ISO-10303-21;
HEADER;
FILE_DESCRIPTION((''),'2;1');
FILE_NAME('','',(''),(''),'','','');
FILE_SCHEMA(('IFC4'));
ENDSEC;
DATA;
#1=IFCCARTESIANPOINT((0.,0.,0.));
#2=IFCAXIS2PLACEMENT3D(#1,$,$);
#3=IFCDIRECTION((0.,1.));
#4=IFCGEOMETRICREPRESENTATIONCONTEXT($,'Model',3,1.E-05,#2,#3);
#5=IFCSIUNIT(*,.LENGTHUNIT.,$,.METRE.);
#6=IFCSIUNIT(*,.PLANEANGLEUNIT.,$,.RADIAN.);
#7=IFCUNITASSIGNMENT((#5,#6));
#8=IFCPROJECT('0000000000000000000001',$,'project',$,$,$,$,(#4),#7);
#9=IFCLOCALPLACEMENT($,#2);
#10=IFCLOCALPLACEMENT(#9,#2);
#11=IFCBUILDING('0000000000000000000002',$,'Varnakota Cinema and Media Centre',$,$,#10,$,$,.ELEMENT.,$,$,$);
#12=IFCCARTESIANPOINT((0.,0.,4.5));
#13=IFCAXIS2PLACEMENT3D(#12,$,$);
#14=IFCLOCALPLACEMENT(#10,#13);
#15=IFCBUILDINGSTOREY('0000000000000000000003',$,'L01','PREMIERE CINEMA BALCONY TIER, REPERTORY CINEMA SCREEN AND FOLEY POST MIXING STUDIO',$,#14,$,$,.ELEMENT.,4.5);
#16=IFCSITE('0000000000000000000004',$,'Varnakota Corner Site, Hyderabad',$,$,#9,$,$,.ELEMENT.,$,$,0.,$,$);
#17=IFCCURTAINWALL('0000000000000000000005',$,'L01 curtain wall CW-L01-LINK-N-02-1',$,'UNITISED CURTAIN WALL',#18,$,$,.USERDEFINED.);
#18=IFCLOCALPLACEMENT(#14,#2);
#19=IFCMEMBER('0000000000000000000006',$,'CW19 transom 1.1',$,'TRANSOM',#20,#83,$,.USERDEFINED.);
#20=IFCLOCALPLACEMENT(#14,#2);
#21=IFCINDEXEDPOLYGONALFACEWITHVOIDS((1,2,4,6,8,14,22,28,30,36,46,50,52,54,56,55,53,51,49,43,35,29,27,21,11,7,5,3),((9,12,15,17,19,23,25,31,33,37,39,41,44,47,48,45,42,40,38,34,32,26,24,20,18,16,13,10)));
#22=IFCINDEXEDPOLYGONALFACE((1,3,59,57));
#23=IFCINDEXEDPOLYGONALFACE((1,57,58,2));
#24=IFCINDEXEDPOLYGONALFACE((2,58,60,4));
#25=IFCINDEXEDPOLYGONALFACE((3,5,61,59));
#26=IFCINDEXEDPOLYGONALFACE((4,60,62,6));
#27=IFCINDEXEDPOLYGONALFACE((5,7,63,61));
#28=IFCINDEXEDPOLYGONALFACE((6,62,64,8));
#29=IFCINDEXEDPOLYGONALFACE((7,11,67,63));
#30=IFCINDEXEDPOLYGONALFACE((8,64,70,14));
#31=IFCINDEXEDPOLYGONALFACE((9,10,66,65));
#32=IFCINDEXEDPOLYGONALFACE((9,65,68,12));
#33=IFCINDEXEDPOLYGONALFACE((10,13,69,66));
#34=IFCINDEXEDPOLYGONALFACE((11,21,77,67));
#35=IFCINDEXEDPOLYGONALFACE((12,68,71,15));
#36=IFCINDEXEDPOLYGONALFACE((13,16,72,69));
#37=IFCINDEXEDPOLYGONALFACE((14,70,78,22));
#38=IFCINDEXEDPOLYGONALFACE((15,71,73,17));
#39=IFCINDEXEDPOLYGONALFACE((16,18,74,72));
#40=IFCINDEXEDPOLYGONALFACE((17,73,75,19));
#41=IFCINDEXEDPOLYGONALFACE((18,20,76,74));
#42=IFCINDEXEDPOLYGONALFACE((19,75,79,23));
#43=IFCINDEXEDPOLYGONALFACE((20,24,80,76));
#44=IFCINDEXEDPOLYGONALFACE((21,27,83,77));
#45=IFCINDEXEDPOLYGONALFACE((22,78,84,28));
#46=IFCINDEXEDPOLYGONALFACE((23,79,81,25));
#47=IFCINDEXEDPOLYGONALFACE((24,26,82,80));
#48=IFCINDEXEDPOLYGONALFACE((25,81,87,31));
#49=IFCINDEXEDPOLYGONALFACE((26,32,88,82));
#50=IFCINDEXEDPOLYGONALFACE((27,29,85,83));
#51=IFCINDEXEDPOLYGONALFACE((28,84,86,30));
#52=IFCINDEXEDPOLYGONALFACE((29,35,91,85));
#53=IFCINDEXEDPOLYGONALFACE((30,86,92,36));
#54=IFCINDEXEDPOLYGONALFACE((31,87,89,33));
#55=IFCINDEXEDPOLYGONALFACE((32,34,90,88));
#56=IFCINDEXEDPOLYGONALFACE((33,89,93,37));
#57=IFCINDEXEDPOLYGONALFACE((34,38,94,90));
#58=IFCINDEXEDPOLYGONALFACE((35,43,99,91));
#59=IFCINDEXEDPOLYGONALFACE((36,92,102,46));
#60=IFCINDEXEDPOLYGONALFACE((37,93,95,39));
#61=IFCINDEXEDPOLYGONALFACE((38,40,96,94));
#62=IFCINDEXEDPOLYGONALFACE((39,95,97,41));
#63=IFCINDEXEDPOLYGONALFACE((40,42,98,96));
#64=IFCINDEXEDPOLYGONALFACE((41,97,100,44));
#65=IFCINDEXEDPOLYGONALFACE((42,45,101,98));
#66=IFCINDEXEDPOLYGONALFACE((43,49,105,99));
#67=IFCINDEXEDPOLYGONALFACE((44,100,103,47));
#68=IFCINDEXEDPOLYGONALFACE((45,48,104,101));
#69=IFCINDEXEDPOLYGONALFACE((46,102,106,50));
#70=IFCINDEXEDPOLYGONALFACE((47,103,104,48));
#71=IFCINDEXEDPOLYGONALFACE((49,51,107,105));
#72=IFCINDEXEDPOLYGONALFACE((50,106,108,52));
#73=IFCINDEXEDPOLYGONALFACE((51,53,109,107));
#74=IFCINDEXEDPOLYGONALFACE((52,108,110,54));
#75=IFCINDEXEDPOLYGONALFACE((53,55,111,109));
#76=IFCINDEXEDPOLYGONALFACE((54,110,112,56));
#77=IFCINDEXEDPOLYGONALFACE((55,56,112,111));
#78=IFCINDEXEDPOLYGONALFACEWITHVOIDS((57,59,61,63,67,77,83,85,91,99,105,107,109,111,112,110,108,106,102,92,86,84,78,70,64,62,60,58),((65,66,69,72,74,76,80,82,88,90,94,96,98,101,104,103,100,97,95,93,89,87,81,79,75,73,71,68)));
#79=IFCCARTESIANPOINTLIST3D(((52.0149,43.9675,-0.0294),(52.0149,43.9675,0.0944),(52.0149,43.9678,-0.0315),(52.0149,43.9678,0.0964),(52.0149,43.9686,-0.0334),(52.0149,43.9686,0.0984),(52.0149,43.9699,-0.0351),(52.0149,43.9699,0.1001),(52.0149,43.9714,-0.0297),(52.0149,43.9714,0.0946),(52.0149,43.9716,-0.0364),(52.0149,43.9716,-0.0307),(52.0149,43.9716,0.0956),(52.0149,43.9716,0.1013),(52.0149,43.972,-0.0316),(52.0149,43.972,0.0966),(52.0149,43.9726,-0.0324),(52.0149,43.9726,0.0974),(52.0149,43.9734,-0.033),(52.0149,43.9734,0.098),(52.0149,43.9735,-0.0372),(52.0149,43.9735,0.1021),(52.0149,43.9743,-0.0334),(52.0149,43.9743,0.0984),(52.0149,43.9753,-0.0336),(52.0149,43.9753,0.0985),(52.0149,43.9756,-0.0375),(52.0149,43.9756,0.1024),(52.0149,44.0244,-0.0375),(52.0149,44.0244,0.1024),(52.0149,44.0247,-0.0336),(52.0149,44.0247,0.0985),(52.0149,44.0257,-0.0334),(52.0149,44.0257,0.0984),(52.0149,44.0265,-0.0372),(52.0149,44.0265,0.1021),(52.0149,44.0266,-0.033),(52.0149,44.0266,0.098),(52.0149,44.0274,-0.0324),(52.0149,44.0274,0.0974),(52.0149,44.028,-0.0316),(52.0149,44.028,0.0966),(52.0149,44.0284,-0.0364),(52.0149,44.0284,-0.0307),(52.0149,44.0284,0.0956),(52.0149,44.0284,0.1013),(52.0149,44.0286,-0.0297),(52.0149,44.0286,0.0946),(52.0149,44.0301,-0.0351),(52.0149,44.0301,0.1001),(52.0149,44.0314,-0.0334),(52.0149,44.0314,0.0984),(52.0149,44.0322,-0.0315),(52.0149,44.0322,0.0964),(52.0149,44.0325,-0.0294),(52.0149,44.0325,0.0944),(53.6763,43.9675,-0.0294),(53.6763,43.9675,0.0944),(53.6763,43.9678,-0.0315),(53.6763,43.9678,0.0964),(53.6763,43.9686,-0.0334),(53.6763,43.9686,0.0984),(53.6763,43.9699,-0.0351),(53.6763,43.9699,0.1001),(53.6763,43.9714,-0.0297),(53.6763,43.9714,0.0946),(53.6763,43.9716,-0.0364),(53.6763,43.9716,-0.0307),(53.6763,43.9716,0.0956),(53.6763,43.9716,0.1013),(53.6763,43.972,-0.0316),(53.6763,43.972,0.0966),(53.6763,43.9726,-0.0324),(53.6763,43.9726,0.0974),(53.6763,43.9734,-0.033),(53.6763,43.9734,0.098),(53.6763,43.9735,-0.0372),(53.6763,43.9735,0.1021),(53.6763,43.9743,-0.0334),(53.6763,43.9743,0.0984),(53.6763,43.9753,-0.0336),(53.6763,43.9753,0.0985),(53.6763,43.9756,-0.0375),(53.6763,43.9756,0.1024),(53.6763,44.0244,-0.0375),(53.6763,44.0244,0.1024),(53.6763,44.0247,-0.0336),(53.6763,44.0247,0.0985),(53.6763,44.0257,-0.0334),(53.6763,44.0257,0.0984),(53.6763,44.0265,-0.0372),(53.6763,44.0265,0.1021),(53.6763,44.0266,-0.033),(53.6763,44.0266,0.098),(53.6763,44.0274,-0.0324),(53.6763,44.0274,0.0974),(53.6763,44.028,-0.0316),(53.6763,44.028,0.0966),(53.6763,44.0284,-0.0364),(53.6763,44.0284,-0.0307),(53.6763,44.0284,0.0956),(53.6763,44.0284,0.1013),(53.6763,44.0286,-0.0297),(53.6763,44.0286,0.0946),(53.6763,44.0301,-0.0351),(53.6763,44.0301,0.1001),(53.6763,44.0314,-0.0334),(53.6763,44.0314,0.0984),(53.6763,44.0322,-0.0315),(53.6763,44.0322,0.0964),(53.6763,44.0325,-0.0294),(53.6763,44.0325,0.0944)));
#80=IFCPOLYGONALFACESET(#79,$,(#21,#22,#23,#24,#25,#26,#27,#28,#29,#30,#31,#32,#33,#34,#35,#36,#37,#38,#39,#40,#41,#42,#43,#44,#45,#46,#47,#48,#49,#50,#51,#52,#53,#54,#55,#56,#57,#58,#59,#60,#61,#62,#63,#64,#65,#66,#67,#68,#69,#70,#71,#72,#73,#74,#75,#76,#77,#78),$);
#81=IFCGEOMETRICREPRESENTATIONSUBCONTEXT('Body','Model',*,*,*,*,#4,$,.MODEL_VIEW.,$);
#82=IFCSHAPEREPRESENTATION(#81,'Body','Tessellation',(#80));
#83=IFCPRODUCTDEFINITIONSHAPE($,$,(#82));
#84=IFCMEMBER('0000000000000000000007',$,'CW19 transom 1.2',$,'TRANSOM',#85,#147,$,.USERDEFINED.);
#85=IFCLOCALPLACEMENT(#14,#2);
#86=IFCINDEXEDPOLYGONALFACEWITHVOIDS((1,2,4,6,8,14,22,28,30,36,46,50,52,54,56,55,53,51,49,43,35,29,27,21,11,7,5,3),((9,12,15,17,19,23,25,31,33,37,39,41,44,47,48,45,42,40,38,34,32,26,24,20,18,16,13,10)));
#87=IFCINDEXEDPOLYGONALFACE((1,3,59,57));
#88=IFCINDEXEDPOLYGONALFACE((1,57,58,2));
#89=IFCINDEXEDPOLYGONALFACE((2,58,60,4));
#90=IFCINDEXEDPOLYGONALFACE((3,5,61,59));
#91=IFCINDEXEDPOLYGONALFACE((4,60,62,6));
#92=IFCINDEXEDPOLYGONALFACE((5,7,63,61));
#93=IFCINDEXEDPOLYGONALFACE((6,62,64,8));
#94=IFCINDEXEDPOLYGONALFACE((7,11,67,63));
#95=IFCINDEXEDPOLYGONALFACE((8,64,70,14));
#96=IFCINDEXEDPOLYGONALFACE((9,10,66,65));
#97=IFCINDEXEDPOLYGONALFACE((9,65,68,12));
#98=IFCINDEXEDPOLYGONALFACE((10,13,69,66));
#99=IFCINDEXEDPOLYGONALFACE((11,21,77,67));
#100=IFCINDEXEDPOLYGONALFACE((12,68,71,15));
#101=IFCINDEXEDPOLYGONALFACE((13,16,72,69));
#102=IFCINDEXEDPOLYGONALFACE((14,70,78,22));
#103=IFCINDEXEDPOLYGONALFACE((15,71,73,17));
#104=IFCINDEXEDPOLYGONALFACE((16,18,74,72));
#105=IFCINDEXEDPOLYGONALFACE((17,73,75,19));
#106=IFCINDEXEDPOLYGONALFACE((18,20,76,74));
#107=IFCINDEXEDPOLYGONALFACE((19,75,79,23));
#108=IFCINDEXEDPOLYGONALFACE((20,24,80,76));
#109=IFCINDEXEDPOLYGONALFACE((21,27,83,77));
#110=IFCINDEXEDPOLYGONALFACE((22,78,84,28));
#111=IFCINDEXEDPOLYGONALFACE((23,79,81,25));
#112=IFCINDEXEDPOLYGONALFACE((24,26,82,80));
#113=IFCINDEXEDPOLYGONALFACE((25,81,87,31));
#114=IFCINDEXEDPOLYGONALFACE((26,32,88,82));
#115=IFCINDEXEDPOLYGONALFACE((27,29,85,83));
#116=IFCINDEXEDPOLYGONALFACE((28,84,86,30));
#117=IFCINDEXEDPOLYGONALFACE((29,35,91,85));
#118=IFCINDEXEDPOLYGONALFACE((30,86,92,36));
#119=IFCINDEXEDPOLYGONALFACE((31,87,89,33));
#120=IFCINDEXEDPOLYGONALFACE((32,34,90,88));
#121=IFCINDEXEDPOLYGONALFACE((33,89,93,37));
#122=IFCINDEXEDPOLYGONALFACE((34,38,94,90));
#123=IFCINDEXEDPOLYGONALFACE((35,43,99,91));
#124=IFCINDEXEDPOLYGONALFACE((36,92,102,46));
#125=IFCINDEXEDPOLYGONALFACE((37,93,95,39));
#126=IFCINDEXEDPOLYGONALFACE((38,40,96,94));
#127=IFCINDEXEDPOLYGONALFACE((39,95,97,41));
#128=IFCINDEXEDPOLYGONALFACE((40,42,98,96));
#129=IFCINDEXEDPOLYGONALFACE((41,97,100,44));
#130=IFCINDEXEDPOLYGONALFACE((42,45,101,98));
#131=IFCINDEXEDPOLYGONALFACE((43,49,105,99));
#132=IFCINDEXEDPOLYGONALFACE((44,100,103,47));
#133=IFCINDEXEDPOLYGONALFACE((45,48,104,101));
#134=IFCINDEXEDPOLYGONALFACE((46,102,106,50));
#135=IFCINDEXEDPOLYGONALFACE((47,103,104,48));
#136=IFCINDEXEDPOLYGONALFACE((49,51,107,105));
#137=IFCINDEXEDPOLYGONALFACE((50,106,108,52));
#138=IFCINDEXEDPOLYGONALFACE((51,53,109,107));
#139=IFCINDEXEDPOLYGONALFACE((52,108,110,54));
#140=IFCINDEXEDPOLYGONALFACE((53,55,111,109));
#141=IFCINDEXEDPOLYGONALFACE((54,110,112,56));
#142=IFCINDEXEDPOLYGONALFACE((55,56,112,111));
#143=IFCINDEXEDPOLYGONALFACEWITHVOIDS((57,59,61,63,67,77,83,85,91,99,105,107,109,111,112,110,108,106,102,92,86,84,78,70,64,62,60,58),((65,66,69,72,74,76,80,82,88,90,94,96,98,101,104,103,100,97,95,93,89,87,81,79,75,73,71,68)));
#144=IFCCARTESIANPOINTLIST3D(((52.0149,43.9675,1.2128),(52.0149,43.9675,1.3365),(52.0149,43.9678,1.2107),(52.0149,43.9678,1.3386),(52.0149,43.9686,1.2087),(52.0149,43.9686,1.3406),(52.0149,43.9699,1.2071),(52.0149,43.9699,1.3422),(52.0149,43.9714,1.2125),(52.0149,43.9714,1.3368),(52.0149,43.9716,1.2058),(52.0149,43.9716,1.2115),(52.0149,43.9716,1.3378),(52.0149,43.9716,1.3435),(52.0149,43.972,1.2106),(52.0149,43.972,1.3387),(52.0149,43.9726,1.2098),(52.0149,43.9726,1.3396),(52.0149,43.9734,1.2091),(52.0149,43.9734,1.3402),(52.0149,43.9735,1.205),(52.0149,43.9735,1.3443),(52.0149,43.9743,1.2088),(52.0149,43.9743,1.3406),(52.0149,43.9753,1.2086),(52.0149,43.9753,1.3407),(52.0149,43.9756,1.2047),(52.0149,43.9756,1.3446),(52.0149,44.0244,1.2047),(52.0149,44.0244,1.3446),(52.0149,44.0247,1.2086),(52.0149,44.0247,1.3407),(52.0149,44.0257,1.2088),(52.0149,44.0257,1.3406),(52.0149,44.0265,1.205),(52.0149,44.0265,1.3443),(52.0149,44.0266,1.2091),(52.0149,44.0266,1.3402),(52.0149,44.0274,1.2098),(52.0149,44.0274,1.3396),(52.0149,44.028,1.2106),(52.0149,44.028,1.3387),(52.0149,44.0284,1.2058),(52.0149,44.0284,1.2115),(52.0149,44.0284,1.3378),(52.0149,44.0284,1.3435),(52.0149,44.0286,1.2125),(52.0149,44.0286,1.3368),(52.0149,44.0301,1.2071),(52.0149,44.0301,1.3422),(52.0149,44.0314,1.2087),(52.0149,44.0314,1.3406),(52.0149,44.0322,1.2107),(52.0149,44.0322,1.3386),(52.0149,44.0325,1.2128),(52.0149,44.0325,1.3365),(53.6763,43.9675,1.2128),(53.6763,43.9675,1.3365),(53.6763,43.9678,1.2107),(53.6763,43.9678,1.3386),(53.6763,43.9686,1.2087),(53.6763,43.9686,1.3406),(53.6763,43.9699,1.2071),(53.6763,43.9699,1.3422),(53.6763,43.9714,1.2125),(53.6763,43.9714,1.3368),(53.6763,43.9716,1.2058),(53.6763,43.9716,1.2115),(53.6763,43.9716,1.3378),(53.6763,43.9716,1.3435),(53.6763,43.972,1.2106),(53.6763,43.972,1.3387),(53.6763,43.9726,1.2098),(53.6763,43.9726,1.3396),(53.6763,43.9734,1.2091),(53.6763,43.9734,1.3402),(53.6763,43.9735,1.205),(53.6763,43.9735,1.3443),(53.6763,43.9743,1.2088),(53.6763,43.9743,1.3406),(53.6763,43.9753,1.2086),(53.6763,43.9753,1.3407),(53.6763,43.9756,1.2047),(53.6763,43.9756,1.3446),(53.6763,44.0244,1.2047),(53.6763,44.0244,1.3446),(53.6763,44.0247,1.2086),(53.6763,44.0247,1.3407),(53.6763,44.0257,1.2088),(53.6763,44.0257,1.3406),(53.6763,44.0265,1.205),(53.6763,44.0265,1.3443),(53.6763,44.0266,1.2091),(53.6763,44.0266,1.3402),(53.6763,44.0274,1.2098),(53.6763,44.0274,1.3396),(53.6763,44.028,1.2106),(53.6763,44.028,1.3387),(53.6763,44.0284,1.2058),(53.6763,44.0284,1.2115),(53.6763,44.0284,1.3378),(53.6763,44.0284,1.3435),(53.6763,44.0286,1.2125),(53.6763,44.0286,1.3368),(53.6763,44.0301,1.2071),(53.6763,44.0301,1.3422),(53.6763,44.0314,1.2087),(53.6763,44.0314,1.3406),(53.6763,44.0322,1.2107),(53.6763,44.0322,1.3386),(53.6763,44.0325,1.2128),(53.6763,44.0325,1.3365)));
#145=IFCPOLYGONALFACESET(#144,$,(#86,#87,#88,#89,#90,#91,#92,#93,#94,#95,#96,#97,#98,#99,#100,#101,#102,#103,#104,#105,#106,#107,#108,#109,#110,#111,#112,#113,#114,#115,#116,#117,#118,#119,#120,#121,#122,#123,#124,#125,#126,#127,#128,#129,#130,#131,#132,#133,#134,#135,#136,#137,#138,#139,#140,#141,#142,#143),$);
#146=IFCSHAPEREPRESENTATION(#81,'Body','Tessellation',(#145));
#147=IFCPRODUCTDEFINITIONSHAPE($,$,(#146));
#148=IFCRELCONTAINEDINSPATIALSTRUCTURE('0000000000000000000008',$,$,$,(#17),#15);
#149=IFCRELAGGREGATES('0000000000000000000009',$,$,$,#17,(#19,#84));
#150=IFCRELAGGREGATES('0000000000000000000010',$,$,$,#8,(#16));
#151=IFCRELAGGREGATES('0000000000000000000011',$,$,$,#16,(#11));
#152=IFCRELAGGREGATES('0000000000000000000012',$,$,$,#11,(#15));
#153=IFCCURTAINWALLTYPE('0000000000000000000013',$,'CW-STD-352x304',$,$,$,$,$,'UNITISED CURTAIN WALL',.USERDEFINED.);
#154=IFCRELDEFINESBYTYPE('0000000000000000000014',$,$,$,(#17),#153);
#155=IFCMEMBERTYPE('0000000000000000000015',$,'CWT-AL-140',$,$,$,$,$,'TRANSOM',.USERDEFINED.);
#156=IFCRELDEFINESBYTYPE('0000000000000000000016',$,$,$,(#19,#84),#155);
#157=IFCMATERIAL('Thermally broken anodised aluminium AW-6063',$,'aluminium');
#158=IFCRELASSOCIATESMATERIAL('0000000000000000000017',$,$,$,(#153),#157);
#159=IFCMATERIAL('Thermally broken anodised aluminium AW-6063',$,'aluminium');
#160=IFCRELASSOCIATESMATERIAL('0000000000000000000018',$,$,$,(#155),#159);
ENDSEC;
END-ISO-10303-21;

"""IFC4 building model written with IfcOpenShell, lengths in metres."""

from ifc_helpers import new_model, si_unit, direction, frame, origin, origin_2d, place, context, subcontext, project, spatial, hollow_rectangle, extrude, material, material_profile, profile_set, type_object, element, aggregate, save


model = new_model("IFC4")

# Units and contexts
model_context = context("Model", 3, precision=1e-05, world=origin(), true_north=direction((0.0, 1.0)))
body_context = subcontext(model_context, "Body", "Model", "MODEL_VIEW")
ifc_project = project(units=[si_unit("LENGTHUNIT", "METRE"), si_unit("PLANEANGLEUNIT", "RADIAN")], contexts=[model_context])

# Site, building, storey
site_placement = place(None, origin())
site = spatial("IfcSite", under=ifc_project, at=site_placement, Name="Varnakota Corner Site, Hyderabad", CompositionType="ELEMENT", RefElevation=0.0)
building_placement = place(site_placement, origin())
building = spatial("IfcBuilding", under=site, at=building_placement, Name="Varnakota Cinema and Media Centre", CompositionType="ELEMENT")
storey_placement = place(building_placement, frame((0.0, 0.0, 4.5)))
storey = spatial("IfcBuildingStorey", under=building, at=storey_placement, Name="L01", Description="PREMIERE CINEMA BALCONY TIER, REPERTORY CINEMA SCREEN AND FOLEY POST MIXING STUDIO", CompositionType="ELEMENT", Elevation=4.5)

# Curtain wall
ifc_material_1 = material(Name="Thermally broken anodised aluminium AW-6063", Category="aluminium")
curtain_wall_type = type_object("IfcCurtainWallType", Name="CW-STD-352x304", ElementType="UNITISED CURTAIN WALL", PredefinedType="USERDEFINED", material=ifc_material_1)
curtain_wall_1_placement = place(storey_placement, origin())
curtain_wall_1 = element("IfcCurtainWall", 1, at=curtain_wall_1_placement, inside=storey, type_object=curtain_wall_type, Name="L01 curtain wall CW-L01-LINK-N-02-1", ObjectType="UNITISED CURTAIN WALL", PredefinedType="USERDEFINED")

# Members
ifc_material_2 = material(Name="Thermally broken anodised aluminium AW-6063", Category="aluminium")
ifc_material_profile_1 = material_profile(ifc_material_2, hollow_rectangle(XDim=0.0649, YDim=0.1399, WallThickness=0.0039, InnerFilletRadius=0.0039, OuterFilletRadius=0.0081, at=origin_2d()), Name="AL-TRANSOM 140x65x4")
ifc_profile_set_1 = profile_set([ifc_material_profile_1], Name="Thermally broken anodised aluminium AW-6063")
member_type_1 = type_object("IfcMemberType", Name="CWT-AL-140", ElementType="TRANSOM", PredefinedType="USERDEFINED", material=ifc_profile_set_1)
member_1_placement = place(storey_placement, frame((52.0149, 44.0, 0.0325), z_axis=(1.0, 0.0, 0.0), x_axis=(0.0, 1.0, 0.0)))
member_1 = element("IfcMember", 2, at=member_1_placement, type_object=member_type_1, Name="CW19 transom 1.1", ObjectType="TRANSOM", PredefinedType="USERDEFINED", context=body_context, shape_type="SweptSolid", body=[
    extrude(hollow_rectangle(XDim=0.0649, YDim=0.1399, WallThickness=0.0039, InnerFilletRadius=0.0039, OuterFilletRadius=0.0081, at=origin_2d()), origin(), (0.0, 0.0, 1.0), 1.6614),
])
member_2_placement = place(storey_placement, frame((52.0149, 44.0, 1.2747), z_axis=(1.0, 0.0, 0.0), x_axis=(0.0, 1.0, 0.0)))
member_2 = element("IfcMember", 3, at=member_2_placement, type_object=member_type_1, Name="CW19 transom 1.2", ObjectType="TRANSOM", PredefinedType="USERDEFINED", context=body_context, shape_type="SweptSolid", body=[
    extrude(hollow_rectangle(XDim=0.0649, YDim=0.1399, WallThickness=0.0039, InnerFilletRadius=0.0039, OuterFilletRadius=0.0081, at=origin_2d()), origin(), (0.0, 0.0, 1.0), 1.6614),
])

aggregate(curtain_wall_1, [member_1, member_2])

save(model, "model.ifc")
